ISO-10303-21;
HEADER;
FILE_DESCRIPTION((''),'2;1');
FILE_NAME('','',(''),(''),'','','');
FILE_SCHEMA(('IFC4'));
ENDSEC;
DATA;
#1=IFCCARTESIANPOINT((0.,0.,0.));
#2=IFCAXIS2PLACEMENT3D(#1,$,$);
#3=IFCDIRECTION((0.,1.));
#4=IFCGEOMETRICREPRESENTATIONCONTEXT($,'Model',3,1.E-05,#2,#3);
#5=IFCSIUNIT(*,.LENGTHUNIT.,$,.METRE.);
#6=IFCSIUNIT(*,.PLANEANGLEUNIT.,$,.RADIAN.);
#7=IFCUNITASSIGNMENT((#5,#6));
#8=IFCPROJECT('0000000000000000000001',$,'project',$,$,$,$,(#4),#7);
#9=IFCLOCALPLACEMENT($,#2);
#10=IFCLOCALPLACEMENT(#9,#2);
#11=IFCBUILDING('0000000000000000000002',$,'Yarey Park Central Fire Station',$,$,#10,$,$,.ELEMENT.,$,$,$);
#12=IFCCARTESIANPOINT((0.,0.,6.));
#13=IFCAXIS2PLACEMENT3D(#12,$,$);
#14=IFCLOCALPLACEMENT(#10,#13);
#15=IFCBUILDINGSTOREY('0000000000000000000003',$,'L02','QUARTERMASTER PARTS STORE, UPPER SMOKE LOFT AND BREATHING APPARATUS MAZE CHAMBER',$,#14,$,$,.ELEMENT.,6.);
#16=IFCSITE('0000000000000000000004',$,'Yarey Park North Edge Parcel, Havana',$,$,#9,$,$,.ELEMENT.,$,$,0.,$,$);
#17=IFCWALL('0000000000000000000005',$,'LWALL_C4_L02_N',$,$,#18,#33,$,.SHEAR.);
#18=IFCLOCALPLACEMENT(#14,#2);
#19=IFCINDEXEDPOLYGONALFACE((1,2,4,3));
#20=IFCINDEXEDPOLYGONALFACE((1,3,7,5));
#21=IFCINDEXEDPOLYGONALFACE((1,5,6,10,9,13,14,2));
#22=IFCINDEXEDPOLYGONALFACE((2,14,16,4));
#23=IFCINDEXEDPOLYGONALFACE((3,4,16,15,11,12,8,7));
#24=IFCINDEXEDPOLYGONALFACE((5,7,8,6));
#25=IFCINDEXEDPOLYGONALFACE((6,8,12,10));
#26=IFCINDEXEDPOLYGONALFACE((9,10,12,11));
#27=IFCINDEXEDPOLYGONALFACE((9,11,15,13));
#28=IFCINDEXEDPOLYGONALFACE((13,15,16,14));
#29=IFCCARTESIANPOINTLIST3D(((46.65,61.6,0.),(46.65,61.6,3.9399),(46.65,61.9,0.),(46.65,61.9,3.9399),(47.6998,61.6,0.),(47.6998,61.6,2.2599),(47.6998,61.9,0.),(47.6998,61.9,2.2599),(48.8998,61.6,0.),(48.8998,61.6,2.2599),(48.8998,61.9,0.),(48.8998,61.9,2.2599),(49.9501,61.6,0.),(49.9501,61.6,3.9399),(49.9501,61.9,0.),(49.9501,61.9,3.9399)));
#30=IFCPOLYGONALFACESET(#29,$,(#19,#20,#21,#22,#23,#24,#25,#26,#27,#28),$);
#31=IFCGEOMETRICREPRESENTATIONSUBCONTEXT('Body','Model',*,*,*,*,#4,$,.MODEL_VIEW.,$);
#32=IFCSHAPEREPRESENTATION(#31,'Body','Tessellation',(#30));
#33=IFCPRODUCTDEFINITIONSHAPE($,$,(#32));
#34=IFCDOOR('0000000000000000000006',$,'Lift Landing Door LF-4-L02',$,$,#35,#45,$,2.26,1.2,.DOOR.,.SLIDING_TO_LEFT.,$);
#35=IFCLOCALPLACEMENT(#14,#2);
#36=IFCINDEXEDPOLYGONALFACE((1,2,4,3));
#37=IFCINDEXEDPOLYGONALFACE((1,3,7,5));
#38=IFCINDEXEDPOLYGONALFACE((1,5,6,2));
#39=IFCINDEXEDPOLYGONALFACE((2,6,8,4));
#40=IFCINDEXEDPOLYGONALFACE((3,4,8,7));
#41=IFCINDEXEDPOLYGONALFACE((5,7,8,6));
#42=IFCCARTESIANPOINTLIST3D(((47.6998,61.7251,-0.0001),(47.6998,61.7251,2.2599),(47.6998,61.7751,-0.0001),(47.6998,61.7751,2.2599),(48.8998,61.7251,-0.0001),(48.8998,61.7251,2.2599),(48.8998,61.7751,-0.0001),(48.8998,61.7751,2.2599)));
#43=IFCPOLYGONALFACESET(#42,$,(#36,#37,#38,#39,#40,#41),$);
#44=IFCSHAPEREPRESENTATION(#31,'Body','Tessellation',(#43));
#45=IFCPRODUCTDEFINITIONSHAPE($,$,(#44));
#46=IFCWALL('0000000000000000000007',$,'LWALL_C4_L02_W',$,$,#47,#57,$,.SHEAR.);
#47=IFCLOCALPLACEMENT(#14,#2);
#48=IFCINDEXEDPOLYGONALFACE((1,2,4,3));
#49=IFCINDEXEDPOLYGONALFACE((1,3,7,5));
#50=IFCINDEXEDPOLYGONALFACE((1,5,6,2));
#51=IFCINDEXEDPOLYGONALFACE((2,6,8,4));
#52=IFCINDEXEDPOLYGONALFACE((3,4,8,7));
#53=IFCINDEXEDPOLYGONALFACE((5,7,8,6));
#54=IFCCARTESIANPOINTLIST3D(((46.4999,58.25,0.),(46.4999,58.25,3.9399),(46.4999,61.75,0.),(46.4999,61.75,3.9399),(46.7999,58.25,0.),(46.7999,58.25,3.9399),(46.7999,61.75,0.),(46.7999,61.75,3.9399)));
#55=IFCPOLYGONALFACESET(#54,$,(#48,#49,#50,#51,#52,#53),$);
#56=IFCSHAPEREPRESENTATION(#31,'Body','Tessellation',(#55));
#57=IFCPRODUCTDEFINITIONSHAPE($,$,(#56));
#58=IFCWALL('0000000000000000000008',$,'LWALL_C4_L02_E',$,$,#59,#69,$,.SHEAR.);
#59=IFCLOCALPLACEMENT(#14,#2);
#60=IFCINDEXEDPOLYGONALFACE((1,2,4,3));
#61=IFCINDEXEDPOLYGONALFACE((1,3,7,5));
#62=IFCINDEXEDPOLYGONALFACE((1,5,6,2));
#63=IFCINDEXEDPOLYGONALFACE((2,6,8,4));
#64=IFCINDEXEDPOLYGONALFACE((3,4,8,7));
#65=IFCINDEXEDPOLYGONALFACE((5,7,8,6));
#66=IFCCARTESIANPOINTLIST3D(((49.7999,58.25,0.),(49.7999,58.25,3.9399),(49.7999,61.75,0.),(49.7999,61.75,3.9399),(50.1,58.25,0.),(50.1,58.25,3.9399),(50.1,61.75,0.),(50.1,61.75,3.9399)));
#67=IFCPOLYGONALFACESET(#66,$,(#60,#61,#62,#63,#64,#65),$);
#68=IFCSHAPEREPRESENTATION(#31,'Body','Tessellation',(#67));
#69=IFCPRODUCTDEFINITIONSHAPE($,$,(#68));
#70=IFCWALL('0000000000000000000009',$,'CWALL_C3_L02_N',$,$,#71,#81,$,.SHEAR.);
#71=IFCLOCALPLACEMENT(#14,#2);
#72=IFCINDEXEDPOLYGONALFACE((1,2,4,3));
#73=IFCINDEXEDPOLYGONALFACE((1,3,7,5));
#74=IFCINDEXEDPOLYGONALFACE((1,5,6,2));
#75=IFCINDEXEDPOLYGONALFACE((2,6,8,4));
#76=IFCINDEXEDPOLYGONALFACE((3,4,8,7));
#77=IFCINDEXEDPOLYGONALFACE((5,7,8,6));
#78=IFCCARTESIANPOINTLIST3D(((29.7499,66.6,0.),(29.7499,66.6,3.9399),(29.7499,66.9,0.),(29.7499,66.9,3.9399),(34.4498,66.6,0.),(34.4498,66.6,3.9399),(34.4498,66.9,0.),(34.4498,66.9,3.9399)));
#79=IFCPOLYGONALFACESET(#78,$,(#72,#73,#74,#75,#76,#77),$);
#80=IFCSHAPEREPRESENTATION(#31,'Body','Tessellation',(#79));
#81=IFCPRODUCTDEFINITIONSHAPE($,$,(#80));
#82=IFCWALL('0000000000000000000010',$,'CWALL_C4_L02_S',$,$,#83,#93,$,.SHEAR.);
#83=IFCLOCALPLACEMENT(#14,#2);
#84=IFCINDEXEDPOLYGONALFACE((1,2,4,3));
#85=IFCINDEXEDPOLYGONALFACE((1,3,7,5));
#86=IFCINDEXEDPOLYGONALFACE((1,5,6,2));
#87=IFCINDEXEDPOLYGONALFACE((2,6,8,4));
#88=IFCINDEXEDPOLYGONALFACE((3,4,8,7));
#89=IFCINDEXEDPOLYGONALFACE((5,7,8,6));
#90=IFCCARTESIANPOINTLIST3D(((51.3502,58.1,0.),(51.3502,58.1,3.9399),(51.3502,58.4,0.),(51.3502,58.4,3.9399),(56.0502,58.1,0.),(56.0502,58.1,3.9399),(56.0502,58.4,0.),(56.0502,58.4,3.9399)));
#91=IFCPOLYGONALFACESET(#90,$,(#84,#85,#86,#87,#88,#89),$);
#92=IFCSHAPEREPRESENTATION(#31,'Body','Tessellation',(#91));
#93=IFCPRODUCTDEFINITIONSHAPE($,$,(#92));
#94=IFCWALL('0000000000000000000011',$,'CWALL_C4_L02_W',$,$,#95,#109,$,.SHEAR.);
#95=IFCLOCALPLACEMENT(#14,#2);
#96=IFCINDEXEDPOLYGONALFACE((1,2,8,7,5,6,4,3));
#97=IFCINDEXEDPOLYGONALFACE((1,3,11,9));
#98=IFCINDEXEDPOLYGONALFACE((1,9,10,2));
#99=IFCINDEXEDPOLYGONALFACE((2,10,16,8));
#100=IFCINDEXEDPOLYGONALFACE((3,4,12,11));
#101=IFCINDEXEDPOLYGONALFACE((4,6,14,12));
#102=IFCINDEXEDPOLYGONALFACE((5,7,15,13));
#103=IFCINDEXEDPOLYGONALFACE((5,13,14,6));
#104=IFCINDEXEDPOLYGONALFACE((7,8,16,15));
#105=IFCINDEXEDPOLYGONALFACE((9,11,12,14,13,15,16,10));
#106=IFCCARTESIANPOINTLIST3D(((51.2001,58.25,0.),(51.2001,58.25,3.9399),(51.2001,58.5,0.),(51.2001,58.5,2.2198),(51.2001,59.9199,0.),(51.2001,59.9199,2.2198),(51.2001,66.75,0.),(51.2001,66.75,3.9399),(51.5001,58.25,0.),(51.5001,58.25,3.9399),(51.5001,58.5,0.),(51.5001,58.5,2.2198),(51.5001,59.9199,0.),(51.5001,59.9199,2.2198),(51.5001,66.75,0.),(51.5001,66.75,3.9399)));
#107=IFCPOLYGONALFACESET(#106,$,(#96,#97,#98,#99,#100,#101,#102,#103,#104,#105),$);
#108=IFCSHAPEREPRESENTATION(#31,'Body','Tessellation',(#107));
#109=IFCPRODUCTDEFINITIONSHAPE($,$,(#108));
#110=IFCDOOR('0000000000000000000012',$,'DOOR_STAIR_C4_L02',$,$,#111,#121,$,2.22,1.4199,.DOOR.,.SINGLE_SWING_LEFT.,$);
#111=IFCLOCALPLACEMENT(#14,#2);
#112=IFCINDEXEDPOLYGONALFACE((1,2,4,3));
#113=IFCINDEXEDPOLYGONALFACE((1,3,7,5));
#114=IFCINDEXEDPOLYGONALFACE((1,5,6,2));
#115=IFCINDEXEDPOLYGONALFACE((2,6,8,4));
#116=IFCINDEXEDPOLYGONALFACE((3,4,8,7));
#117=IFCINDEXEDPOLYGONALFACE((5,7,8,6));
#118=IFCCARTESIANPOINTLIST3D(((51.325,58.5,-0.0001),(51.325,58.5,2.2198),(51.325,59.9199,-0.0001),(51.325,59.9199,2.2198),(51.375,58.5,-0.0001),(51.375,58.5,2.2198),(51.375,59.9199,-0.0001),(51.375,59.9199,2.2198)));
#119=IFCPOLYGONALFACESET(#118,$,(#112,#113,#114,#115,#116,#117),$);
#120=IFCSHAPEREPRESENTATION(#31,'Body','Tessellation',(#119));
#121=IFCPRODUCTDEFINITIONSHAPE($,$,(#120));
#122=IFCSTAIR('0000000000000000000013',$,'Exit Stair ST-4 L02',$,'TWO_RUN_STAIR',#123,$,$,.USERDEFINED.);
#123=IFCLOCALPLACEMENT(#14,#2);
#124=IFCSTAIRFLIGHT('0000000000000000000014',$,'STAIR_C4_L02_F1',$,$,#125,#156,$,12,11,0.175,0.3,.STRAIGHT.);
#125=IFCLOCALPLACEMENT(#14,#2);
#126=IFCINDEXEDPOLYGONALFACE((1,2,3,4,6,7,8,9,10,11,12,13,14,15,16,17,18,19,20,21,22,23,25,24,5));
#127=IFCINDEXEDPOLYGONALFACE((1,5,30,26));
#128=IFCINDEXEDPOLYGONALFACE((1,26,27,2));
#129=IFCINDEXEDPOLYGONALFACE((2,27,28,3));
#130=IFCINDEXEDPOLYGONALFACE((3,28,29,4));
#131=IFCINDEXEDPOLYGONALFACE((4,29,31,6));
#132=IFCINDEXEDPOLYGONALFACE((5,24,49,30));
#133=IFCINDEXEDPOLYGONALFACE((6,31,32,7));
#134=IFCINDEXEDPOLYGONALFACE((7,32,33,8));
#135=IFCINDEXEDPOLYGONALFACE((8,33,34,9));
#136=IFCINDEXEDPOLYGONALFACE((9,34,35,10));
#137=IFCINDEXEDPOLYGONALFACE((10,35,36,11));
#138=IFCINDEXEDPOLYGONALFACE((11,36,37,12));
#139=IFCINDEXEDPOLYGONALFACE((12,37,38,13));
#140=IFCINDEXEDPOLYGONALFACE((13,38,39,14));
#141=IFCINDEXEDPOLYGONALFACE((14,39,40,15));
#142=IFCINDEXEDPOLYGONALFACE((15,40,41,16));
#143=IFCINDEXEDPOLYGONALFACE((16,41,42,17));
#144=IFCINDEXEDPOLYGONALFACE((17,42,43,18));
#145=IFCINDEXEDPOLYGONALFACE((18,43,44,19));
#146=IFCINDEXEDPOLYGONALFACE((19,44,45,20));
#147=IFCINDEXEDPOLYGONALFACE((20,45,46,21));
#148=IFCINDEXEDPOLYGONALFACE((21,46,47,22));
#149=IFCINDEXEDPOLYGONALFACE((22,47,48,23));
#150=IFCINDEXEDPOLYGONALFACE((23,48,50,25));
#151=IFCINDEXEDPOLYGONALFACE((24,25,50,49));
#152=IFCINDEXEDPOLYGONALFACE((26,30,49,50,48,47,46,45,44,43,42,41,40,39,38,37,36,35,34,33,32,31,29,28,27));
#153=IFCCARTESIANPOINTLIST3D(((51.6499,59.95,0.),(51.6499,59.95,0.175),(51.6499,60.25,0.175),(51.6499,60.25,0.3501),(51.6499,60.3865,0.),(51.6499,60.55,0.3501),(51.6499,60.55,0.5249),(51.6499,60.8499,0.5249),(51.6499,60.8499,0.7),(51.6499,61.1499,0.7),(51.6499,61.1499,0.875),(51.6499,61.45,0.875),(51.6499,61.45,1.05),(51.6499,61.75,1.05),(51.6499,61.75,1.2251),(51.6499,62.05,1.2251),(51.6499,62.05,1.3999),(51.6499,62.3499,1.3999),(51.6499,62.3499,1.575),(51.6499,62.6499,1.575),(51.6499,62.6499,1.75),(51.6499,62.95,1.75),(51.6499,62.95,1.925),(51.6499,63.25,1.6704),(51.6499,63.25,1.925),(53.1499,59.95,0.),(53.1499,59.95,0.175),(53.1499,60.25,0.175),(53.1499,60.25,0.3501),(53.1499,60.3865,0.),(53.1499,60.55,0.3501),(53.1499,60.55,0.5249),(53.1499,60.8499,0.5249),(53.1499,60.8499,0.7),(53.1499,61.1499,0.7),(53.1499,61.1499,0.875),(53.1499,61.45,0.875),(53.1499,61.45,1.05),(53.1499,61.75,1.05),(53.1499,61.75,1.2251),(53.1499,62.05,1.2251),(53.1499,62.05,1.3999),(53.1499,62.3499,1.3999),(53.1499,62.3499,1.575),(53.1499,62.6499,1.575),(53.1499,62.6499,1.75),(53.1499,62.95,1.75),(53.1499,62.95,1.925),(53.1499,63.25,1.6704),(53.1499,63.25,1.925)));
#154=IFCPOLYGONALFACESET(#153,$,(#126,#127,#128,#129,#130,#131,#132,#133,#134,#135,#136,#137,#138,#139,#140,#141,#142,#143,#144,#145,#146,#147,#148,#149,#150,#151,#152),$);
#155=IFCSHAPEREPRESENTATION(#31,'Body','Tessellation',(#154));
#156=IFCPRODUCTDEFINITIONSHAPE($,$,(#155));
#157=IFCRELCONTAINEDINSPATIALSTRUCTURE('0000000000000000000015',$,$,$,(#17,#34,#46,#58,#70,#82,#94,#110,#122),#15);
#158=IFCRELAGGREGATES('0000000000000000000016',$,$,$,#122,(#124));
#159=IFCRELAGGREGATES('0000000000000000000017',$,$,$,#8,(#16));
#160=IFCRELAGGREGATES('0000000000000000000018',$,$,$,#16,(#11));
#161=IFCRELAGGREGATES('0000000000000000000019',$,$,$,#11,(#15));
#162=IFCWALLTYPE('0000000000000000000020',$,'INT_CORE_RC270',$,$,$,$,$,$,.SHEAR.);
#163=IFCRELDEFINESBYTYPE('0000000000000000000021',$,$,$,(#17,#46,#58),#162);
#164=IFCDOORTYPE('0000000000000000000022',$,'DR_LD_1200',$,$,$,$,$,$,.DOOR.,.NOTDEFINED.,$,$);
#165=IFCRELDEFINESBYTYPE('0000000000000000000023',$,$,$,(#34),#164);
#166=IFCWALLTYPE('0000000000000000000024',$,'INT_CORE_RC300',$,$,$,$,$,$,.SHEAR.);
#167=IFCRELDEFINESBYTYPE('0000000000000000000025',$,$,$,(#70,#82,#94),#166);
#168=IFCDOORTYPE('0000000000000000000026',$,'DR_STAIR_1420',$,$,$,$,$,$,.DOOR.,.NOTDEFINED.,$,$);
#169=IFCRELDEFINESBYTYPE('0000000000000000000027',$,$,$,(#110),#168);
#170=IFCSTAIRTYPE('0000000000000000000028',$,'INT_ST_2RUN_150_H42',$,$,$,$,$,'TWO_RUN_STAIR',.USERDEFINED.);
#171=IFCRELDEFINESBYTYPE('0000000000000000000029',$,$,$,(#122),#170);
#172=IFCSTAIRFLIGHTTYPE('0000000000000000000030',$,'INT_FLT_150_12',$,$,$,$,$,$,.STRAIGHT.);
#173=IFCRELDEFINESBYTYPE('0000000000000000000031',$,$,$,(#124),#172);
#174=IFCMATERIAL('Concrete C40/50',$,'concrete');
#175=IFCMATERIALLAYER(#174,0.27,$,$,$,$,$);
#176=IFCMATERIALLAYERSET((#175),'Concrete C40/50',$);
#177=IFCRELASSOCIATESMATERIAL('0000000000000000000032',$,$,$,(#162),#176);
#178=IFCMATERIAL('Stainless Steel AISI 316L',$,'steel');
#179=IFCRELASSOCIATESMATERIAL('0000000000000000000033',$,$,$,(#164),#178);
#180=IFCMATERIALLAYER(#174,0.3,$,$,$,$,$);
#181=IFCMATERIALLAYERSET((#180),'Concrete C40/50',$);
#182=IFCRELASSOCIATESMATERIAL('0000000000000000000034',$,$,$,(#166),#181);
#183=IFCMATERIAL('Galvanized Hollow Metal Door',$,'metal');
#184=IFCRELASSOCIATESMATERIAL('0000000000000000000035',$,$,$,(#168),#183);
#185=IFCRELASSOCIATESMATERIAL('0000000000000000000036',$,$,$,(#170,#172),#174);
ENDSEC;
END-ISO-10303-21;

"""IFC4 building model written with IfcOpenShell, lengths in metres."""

from ifc_helpers import new_model, si_unit, direction, frame, frame_2d, origin, place, context, subcontext, project, spatial, polyline, rectangle, outline, extrude, material, layer, layer_set, type_object, element, fill, aggregate, save


model = new_model("IFC4")

# Units and contexts
model_context = context("Model", 3, precision=1e-05, world=origin(), true_north=direction((0.0, 1.0)))
body_context = subcontext(model_context, "Body", "Model", "MODEL_VIEW")
ifc_project = project(units=[si_unit("LENGTHUNIT", "METRE"), si_unit("PLANEANGLEUNIT", "RADIAN")], contexts=[model_context])

# Site, building, storey
site_placement = place(None, origin())
site = spatial("IfcSite", under=ifc_project, at=site_placement, Name="Yarey Park North Edge Parcel, Havana", CompositionType="ELEMENT", RefElevation=0.0)
building_placement = place(site_placement, origin())
building = spatial("IfcBuilding", under=site, at=building_placement, Name="Yarey Park Central Fire Station", CompositionType="ELEMENT")
storey_placement = place(building_placement, frame((0.0, 0.0, 6.0)))
storey = spatial("IfcBuildingStorey", under=building, at=storey_placement, Name="L02", Description="QUARTERMASTER PARTS STORE, UPPER SMOKE LOFT AND BREATHING APPARATUS MAZE CHAMBER", CompositionType="ELEMENT", Elevation=6.0)

# Shared definitions
ifc_material_1 = material(Name="Concrete C40/50", Category="concrete")
ifc_layer_1 = layer(ifc_material_1, 0.27)
ifc_layer_set_1 = layer_set([ifc_layer_1], Name="Concrete C40/50")
wall_type_1 = type_object("IfcWallType", Name="INT_CORE_RC270", PredefinedType="SHEAR", material=ifc_layer_set_1)

# Shared definitions
ifc_material_2 = material(Name="Stainless Steel AISI 316L", Category="steel")

# Wall, opening, door
wall_1_placement = place(storey_placement, frame((49.95, 61.75, 0.0), z_axis=(0.0, 0.0, 1.0), x_axis=(-1.0, 0.0, 0.0)))
wall_1 = element("IfcWall", 1, at=wall_1_placement, inside=storey, type_object=wall_type_1, Name="LWALL_C4_L02_N", PredefinedType="SHEAR", context=body_context, shape_type="SweptSolid", body=[
    extrude(rectangle(XDim=3.3, YDim=0.3, at=frame_2d((1.6499, 0.0))), origin(), (0.0, 0.0, 1.0), 3.9399),
])
opening_1_placement = place(wall_1_placement, frame((1.05, 0.0, 0.0)))
opening_1 = element("IfcOpeningElement", 2, at=opening_1_placement, cuts=wall_1, PredefinedType="OPENING", context=body_context, shape_type="SweptSolid", body=[
    extrude(rectangle(XDim=1.2, YDim=2.26, at=frame_2d((0.6001, 1.1299))), frame((0.0, 0.1599, 0.0), z_axis=(0.0, -1.0, 0.0), x_axis=(1.0, 0.0, 0.0)), (0.0, 0.0, 1.0), 0.3201),
])
door_type_1 = type_object("IfcDoorType", Name="DR_LD_1200", OperationType="NOTDEFINED", PredefinedType="DOOR", material=ifc_material_2)
door_1_placement = place(opening_1_placement, origin())
door_1 = element("IfcDoor", 3, at=door_1_placement, inside=storey, type_object=door_type_1, Name="Lift Landing Door LF-4-L02", OperationType="SLIDING_TO_LEFT", OverallHeight=2.26, OverallWidth=1.2, PredefinedType="DOOR", context=body_context, shape_type="SweptSolid", body=[
    extrude(rectangle(XDim=1.2, YDim=2.26, at=frame_2d((0.6001, 1.1299))), frame((0.0, 0.0249, 0.0), z_axis=(0.0, -1.0, 0.0), x_axis=(1.0, 0.0, 0.0)), (0.0, 0.0, 1.0), 0.05),
])
fill(opening_1, door_1)

# Walls
for number, where, z_axis, x_axis, name in (
    (4, (46.6499, 61.75, 0.0), (0.0, 0.0, 1.0), (0.0, -1.0, 0.0), "LWALL_C4_L02_W"),
    (5, (49.95, 58.25, 0.0), (0.0, 0.0, 1.0), (0.0, 1.0, 0.0), "LWALL_C4_L02_E"),
):
    element("IfcWall", number, at=place(storey_placement, frame(where, z_axis=z_axis, x_axis=x_axis)), inside=storey, type_object=wall_type_1, Name=name, PredefinedType="SHEAR", context=body_context, shape_type="SweptSolid", body=[
        extrude(rectangle(XDim=3.5, YDim=0.3, at=frame_2d((1.75, 0.0))), origin(), (0.0, 0.0, 1.0), 3.9399),
    ])
ifc_layer_2 = layer(ifc_material_1, 0.3)
ifc_layer_set_2 = layer_set([ifc_layer_2], Name="Concrete C40/50")
wall_type_2 = type_object("IfcWallType", Name="INT_CORE_RC300", PredefinedType="SHEAR", material=ifc_layer_set_2)
for number, where, z_axis, x_axis, name in (
    (6, (34.45, 66.75, 0.0), (0.0, 0.0, 1.0), (-1.0, 0.0, 0.0), "CWALL_C3_L02_N"),
    (7, (51.3501, 58.25, 0.0), (0.0, 0.0, 1.0), (1.0, 0.0, 0.0), "CWALL_C4_L02_S"),
):
    element("IfcWall", number, at=place(storey_placement, frame(where, z_axis=z_axis, x_axis=x_axis)), inside=storey, type_object=wall_type_2, Name=name, PredefinedType="SHEAR", context=body_context, shape_type="SweptSolid", body=[
        extrude(rectangle(XDim=4.7, YDim=0.3, at=frame_2d((2.3501, 0.0))), origin(), (0.0, 0.0, 1.0), 3.9399),
    ])

# Wall, opening, door
wall_2_placement = place(storey_placement, frame((51.3501, 66.75, 0.0), z_axis=(0.0, 0.0, 1.0), x_axis=(0.0, -1.0, 0.0)))
wall_2 = element("IfcWall", 8, at=wall_2_placement, inside=storey, type_object=wall_type_2, Name="CWALL_C4_L02_W", PredefinedType="SHEAR", context=body_context, shape_type="SweptSolid", body=[
    extrude(rectangle(XDim=8.5, YDim=0.3, at=frame_2d((4.25, 0.0))), origin(), (0.0, 0.0, 1.0), 3.9399),
])
opening_2_placement = place(wall_2_placement, frame((6.8301, 0.0, 0.0)))
opening_2 = element("IfcOpeningElement", 9, at=opening_2_placement, cuts=wall_2, PredefinedType="OPENING", context=body_context, shape_type="SweptSolid", body=[
    extrude(rectangle(XDim=1.4199, YDim=2.22, at=frame_2d((0.71, 1.1099))), frame((0.0, 0.1599, 0.0), z_axis=(0.0, -1.0, 0.0), x_axis=(1.0, 0.0, 0.0)), (0.0, 0.0, 1.0), 0.3201),
])
ifc_material_3 = material(Name="Galvanized Hollow Metal Door", Category="metal")
door_type_2 = type_object("IfcDoorType", Name="DR_STAIR_1420", OperationType="NOTDEFINED", PredefinedType="DOOR", material=ifc_material_3)
door_2_placement = place(opening_2_placement, origin())
door_2 = element("IfcDoor", 10, at=door_2_placement, inside=storey, type_object=door_type_2, Name="DOOR_STAIR_C4_L02", OperationType="SINGLE_SWING_LEFT", OverallHeight=2.22, OverallWidth=1.4199, PredefinedType="DOOR", context=body_context, shape_type="SweptSolid", body=[
    extrude(rectangle(XDim=1.4199, YDim=2.22, at=frame_2d((0.71, 1.1099))), frame((0.0, 0.0249, 0.0), z_axis=(0.0, -1.0, 0.0), x_axis=(1.0, 0.0, 0.0)), (0.0, 0.0, 1.0), 0.05),
])
fill(opening_2, door_2)

# Stair, stair flight
stair_type = type_object("IfcStairType", Name="INT_ST_2RUN_150_H42", ElementType="TWO_RUN_STAIR", PredefinedType="USERDEFINED", material=ifc_material_1)
stair_placement = place(storey_placement, origin())
stair = element("IfcStair", 11, at=stair_placement, inside=storey, type_object=stair_type, Name="Exit Stair ST-4 L02", ObjectType="TWO_RUN_STAIR", PredefinedType="USERDEFINED")
stair_flight_type = type_object("IfcStairFlightType", Name="INT_FLT_150_12", PredefinedType="STRAIGHT", material=ifc_material_1)
stair_flight_placement = place(storey_placement, frame((52.3999, 59.95, 0.0), z_axis=(0.0, 0.0, 1.0), x_axis=(0.0, 1.0, 0.0)))
stair_flight = element("IfcStairFlight", 12, at=stair_flight_placement, type_object=stair_flight_type, Name="STAIR_C4_L02_F1", NumberOfRisers=12, NumberOfTreads=11, PredefinedType="STRAIGHT", RiserHeight=0.175, TreadLength=0.3, context=body_context, shape_type="SweptSolid", body=[
    extrude(outline(polyline([(0.0, 0.0), (0.0, 0.175), (0.3, 0.175), (0.3, 0.3501), (0.6001, 0.3501), (0.6001, 0.5249), (0.8999, 0.5249), (0.8999, 0.7), (1.2, 0.7), (1.2, 0.875), (1.5, 0.875), (1.5, 1.05), (1.8, 1.05), (1.8, 1.2251), (2.1001, 1.2251), (2.1001, 1.3999), (2.3999, 1.3999), (2.3999, 1.575), (2.7, 1.575), (2.7, 1.75), (3.0, 1.75), (3.0, 1.925), (3.3, 1.925), (3.3, 2.1001), (3.3, 1.6704), (0.4365, 0.0), (0.0, 0.0)])), frame((0.0, 0.75, 0.0), z_axis=(0.0, -1.0, 0.0), x_axis=(1.0, 0.0, 0.0)), (0.0, 0.0, 1.0), 1.5),
])
aggregate(stair, [stair_flight])

save(model, "model.ifc")
